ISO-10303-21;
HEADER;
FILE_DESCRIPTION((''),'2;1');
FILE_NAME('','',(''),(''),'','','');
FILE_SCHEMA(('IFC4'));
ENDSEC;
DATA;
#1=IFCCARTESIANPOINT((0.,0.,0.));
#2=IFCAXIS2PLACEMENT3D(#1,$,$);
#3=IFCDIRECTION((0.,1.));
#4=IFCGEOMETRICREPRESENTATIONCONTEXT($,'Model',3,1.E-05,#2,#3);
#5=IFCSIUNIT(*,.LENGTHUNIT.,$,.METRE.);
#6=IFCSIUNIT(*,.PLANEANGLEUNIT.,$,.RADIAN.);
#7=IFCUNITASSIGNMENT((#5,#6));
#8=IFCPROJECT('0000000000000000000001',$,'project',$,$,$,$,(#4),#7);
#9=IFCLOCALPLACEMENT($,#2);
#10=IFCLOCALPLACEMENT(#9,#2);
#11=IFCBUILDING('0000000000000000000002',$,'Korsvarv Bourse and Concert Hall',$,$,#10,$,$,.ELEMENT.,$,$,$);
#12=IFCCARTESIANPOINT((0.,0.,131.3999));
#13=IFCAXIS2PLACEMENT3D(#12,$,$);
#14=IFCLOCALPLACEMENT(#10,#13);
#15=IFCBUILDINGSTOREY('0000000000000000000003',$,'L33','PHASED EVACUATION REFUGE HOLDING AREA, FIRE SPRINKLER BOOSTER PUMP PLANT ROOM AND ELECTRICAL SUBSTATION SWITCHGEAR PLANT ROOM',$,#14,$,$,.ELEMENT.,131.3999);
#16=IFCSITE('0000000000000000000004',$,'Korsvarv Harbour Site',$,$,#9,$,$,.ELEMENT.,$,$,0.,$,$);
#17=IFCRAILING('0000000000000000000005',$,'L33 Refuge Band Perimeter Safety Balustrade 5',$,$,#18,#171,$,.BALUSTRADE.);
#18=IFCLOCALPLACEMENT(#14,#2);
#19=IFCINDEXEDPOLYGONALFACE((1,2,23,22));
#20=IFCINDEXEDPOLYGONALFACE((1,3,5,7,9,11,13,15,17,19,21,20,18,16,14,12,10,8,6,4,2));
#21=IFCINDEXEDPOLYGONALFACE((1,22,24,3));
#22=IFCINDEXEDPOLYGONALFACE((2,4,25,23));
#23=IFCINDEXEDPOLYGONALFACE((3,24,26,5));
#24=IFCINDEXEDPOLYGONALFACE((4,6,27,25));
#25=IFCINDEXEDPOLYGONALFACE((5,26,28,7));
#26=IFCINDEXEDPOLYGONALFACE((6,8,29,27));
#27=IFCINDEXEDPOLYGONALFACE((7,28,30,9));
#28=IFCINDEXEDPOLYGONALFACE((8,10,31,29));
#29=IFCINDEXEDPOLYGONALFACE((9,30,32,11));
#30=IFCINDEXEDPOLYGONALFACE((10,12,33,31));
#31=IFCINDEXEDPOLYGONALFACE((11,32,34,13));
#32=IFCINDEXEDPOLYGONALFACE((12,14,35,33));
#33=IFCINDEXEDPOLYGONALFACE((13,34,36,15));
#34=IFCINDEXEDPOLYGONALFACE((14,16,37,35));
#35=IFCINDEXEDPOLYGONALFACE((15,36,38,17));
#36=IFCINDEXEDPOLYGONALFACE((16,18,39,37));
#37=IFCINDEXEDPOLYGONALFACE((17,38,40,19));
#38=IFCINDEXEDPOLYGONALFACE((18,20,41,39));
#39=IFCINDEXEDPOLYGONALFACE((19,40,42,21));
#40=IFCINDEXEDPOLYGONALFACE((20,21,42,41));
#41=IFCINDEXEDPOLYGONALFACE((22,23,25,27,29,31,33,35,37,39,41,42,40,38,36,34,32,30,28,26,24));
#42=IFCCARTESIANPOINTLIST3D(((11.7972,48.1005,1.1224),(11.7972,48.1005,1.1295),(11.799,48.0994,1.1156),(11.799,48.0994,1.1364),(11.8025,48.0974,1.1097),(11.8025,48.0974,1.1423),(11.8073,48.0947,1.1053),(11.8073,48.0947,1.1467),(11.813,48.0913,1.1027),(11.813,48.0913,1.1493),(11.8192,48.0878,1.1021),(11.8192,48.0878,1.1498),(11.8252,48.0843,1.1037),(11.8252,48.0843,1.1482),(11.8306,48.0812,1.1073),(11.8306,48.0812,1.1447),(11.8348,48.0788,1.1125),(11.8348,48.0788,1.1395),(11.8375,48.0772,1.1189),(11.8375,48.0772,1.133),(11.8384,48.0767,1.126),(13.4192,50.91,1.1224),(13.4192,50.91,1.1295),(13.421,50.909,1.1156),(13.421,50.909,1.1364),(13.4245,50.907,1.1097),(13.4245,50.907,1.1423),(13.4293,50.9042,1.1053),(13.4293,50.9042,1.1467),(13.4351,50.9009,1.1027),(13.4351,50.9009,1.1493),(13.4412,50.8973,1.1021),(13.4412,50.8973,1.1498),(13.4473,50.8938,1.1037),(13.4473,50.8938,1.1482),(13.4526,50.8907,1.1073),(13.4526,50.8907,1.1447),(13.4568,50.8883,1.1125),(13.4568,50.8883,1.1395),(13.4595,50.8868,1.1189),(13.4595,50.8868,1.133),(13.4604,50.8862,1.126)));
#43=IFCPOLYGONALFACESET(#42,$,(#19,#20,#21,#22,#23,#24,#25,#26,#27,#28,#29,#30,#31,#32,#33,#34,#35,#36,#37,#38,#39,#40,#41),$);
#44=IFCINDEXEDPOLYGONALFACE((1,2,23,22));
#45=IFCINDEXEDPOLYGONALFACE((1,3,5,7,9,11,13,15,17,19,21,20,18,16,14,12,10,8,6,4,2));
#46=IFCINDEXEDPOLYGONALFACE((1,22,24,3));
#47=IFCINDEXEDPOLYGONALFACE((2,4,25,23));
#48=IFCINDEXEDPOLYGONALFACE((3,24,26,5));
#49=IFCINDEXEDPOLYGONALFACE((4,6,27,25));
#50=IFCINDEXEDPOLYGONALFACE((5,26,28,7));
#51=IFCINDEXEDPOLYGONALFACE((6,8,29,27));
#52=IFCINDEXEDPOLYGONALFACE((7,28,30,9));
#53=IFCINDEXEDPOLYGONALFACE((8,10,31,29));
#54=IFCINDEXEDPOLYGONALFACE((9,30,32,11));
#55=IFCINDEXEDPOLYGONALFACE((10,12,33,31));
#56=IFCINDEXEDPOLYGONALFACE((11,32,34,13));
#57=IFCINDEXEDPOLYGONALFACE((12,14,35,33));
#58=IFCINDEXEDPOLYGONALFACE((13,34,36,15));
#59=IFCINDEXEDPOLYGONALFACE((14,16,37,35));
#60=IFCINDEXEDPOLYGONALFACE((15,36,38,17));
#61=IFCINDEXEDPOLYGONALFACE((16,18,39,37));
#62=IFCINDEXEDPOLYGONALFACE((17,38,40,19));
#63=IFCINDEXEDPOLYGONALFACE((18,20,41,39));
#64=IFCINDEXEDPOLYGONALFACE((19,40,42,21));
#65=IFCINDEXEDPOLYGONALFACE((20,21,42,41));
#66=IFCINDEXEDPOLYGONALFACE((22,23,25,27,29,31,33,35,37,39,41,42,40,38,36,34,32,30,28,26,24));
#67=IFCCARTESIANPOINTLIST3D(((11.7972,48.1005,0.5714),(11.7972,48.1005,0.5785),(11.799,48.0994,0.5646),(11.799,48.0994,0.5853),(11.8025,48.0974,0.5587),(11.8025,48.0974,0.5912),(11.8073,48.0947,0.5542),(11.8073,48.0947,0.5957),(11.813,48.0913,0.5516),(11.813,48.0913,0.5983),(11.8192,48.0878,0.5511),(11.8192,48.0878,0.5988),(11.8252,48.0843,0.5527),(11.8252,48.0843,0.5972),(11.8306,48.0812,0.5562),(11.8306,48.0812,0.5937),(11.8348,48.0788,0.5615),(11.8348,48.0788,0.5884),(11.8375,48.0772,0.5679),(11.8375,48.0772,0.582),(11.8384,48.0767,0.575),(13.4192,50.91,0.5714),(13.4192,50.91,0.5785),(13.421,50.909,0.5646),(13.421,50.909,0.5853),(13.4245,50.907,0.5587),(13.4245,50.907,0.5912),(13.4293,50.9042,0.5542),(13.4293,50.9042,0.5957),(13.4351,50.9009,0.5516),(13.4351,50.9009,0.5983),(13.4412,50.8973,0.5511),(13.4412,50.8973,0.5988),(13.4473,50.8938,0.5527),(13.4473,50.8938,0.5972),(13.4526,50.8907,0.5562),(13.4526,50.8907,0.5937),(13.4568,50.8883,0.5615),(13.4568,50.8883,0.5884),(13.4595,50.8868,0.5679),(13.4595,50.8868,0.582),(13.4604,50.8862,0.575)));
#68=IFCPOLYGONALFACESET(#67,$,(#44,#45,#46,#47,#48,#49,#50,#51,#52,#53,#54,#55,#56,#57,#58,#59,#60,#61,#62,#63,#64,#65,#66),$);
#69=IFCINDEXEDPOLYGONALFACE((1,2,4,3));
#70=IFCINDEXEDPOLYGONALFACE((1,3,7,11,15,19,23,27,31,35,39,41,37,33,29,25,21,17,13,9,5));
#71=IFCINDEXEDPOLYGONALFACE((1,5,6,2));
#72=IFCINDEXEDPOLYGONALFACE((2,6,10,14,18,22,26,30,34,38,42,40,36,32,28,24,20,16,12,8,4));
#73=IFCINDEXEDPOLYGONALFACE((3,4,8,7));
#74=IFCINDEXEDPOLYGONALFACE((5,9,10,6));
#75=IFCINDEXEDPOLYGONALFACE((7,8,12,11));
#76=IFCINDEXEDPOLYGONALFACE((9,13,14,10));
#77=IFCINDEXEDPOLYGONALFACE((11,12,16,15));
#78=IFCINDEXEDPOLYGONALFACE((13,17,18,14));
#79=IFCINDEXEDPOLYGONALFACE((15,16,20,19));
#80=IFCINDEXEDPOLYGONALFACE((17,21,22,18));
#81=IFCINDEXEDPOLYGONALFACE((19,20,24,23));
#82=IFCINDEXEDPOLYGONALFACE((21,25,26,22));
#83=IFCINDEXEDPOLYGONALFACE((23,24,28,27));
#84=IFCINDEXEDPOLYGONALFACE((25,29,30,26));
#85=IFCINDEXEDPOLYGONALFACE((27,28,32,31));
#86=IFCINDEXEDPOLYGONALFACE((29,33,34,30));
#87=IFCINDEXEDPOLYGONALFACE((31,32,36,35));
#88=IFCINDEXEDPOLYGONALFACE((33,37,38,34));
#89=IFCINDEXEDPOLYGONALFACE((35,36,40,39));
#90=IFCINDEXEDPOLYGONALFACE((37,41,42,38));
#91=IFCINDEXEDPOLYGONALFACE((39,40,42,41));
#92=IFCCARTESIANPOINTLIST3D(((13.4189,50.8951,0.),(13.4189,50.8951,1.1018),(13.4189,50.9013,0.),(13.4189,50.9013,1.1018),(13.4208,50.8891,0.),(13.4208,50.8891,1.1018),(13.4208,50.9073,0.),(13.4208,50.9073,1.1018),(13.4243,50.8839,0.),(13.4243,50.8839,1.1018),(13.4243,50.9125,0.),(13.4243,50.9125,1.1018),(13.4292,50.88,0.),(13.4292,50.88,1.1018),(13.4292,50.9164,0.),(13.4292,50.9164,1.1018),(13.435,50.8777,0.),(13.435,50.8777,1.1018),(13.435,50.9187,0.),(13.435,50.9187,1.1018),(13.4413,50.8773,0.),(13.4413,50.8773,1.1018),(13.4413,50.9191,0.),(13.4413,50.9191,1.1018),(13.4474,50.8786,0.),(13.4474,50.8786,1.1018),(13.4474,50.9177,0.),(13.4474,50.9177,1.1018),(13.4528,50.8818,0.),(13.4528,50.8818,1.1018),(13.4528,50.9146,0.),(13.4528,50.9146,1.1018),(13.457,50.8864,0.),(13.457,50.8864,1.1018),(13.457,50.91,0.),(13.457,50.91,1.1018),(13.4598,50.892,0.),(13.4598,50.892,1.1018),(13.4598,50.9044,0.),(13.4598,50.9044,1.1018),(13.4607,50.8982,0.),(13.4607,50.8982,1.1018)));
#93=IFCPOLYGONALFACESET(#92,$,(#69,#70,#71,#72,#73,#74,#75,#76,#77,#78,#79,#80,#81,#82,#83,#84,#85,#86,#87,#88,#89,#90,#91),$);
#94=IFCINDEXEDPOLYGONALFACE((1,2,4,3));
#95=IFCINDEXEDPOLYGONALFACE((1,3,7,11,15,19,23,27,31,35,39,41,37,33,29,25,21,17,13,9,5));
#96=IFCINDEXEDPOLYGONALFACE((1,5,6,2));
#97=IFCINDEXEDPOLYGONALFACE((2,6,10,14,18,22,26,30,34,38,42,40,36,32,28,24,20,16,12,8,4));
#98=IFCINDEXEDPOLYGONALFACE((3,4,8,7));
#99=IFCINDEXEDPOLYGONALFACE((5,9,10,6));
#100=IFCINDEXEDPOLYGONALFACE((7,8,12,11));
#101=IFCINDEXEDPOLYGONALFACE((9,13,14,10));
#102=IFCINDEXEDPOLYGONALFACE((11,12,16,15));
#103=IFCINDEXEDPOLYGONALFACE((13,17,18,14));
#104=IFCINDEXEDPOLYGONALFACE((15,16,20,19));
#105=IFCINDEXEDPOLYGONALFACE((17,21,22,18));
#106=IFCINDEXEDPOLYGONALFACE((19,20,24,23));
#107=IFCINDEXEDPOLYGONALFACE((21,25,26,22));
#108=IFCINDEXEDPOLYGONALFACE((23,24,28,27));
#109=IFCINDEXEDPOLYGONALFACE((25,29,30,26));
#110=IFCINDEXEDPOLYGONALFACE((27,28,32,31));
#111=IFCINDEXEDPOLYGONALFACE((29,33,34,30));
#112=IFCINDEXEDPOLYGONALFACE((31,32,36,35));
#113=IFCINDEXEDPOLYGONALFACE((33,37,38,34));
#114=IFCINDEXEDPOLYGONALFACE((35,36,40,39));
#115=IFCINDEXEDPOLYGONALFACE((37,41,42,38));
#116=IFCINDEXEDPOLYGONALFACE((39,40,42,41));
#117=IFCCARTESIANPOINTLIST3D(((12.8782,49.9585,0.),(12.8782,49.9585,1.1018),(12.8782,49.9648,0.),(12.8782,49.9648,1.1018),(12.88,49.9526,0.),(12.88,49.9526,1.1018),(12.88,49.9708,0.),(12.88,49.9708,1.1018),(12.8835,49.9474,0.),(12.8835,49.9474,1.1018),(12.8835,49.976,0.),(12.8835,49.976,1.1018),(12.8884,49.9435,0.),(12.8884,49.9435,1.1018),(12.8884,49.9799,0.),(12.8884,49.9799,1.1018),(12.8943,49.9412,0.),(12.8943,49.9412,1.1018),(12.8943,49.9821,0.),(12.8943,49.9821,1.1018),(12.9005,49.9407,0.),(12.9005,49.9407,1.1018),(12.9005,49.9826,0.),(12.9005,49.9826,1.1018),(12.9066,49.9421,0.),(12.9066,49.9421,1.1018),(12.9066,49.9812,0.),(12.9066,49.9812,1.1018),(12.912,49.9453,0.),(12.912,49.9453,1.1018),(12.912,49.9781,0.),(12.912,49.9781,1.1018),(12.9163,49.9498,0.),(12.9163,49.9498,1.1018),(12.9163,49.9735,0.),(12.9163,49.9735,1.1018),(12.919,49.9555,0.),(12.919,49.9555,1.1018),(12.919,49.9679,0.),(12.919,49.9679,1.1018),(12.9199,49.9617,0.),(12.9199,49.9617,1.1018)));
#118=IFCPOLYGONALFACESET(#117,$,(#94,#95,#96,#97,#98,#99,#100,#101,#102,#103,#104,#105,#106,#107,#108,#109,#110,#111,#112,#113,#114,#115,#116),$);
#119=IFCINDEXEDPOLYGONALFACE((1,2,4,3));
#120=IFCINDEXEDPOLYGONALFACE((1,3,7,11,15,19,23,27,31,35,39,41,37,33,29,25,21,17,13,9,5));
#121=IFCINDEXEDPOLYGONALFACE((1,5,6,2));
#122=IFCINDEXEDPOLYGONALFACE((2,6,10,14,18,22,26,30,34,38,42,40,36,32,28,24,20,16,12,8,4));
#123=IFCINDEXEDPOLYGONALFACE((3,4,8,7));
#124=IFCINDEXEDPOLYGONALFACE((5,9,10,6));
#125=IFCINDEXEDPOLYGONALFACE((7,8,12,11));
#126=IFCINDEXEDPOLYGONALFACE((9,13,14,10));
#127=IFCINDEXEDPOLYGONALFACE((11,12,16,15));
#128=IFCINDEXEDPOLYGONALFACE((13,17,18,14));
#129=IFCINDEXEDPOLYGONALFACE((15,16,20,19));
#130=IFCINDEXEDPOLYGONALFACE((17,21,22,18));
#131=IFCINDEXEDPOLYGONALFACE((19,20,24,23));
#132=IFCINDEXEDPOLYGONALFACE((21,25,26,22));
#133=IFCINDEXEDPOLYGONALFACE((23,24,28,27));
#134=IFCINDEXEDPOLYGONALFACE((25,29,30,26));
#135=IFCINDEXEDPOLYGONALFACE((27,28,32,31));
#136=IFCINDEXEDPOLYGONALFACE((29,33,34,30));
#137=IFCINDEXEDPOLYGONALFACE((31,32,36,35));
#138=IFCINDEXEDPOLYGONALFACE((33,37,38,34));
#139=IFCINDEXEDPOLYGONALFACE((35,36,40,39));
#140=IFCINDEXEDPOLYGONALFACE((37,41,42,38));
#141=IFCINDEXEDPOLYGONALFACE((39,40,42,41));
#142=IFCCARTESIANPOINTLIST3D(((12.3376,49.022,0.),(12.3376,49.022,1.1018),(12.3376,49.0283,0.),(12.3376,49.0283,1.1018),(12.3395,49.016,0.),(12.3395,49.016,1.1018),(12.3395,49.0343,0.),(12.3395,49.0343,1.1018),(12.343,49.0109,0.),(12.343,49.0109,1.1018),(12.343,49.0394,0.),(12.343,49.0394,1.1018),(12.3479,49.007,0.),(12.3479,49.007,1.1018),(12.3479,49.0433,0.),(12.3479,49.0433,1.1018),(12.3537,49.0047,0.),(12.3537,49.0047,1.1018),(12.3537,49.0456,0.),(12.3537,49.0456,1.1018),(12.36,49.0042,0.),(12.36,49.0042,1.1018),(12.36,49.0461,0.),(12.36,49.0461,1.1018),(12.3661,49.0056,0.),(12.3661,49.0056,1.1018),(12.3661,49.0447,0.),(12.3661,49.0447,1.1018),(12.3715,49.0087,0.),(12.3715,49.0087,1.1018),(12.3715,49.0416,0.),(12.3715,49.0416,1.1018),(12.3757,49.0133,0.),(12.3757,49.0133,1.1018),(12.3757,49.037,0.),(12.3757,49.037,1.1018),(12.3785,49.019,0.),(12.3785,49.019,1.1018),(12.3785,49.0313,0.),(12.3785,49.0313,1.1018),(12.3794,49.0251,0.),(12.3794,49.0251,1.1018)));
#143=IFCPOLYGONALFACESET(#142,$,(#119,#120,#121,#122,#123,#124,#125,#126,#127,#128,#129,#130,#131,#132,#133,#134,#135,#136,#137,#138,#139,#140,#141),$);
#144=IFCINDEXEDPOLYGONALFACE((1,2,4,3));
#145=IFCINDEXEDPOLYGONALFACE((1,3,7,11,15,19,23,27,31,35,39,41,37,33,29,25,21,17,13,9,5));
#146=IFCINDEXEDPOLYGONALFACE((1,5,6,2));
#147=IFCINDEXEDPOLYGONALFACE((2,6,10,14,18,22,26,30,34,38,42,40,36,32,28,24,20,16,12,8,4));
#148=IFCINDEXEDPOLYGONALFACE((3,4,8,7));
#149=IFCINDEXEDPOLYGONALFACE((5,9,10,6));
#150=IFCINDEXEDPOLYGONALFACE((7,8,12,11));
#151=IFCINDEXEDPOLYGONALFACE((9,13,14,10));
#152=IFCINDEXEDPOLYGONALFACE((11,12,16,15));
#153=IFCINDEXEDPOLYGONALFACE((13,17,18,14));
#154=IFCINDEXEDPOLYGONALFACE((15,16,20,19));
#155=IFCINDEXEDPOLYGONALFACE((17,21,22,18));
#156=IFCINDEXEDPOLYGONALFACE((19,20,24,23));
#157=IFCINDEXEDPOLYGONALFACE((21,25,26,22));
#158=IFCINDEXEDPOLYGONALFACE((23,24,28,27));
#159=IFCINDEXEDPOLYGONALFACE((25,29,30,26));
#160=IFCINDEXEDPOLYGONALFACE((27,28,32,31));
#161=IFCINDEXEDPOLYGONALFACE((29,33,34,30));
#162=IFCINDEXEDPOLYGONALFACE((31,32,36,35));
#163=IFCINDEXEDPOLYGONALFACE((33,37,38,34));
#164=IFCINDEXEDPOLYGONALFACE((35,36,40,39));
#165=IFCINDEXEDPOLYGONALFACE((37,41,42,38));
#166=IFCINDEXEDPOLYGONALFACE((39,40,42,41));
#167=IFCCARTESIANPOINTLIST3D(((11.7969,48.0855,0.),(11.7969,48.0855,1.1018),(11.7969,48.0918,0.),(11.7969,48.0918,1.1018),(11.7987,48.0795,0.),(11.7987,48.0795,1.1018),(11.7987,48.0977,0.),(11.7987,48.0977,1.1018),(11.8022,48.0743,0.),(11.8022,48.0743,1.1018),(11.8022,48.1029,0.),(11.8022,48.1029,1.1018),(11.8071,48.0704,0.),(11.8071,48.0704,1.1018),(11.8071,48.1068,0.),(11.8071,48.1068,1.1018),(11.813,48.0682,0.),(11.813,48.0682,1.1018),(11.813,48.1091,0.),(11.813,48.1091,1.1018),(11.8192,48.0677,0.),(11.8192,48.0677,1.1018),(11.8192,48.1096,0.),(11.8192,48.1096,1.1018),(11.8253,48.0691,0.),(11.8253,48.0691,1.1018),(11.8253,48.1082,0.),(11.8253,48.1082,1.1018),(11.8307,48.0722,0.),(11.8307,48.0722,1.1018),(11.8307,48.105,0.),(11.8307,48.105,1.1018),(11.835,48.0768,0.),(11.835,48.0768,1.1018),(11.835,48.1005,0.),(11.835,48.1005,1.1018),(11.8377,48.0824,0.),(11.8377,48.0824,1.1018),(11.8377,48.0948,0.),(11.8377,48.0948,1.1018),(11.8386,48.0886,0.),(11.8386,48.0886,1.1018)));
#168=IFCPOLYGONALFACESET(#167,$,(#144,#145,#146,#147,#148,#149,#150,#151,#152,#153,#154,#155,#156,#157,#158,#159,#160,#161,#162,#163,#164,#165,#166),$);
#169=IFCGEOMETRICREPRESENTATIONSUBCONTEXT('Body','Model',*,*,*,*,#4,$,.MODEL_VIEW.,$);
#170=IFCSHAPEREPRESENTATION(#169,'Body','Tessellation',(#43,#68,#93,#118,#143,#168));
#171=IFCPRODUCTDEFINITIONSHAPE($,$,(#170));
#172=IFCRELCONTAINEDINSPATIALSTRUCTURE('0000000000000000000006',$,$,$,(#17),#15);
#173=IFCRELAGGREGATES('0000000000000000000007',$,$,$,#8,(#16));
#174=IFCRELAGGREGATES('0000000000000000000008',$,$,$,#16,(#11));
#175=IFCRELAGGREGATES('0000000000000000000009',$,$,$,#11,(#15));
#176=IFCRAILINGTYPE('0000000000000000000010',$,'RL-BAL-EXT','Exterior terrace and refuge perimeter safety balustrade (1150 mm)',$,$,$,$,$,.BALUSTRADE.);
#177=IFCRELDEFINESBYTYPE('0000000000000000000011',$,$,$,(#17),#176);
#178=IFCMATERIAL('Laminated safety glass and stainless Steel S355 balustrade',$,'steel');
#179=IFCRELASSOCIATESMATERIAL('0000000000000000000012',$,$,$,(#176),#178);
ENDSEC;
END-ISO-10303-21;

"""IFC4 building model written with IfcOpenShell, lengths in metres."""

from ifc_helpers import new_model, si_unit, direction, frame, origin, origin_2d, place, context, subcontext, project, spatial, circle, extrude, material, type_object, element, save


model = new_model("IFC4")

# Units and contexts
model_context = context("Model", 3, precision=1e-05, world=origin(), true_north=direction((0.0, 1.0)))
body_context = subcontext(model_context, "Body", "Model", "MODEL_VIEW")
ifc_project = project(units=[si_unit("LENGTHUNIT", "METRE"), si_unit("PLANEANGLEUNIT", "RADIAN")], contexts=[model_context])

# Site, building, storey
site_placement = place(None, origin())
site = spatial("IfcSite", under=ifc_project, at=site_placement, Name="Korsvarv Harbour Site", CompositionType="ELEMENT", RefElevation=0.0)
building_placement = place(site_placement, origin())
building = spatial("IfcBuilding", under=site, at=building_placement, Name="Korsvarv Bourse and Concert Hall", CompositionType="ELEMENT")
storey_placement = place(building_placement, frame((0.0, 0.0, 131.3999)))
storey = spatial("IfcBuildingStorey", under=building, at=storey_placement, Name="L33", Description="PHASED EVACUATION REFUGE HOLDING AREA, FIRE SPRINKLER BOOSTER PUMP PLANT ROOM AND ELECTRICAL SUBSTATION SWITCHGEAR PLANT ROOM", CompositionType="ELEMENT", Elevation=131.3999)

# Railing
ifc_material_1 = material(Name="Laminated safety glass and stainless Steel S355 balustrade", Category="steel")
railing_type = type_object("IfcRailingType", Name="RL-BAL-EXT", Description="Exterior terrace and refuge perimeter safety balustrade (1150 mm)", PredefinedType="BALUSTRADE", material=ifc_material_1)
railing_1_placement = place(storey_placement, frame((13.4397, 50.8982, 0.0)))
element("IfcRailing", 1, at=railing_1_placement, inside=storey, type_object=railing_type, Name="L33 Refuge Band Perimeter Safety Balustrade 5", PredefinedType="BALUSTRADE", context=body_context, shape_type="SweptSolid", body=[
    extrude(circle(Radius=0.0239, at=origin_2d()), frame((0.0, 0.0, 1.126), z_axis=(-0.499992, -0.86603, 0.0), x_axis=(0.86603, -0.499992, 0.0)), (0.0, 0.0, 1.0), 3.2441),
    extrude(circle(Radius=0.0239, at=origin_2d()), frame((0.0, 0.0, 0.575), z_axis=(-0.499992, -0.86603, 0.0), x_axis=(0.86603, -0.499992, 0.0)), (0.0, 0.0, 1.0), 3.2441),
    extrude(circle(Radius=0.021, at=origin_2d()), origin(), (0.0, 0.0, 1.0), 1.1018),
    extrude(circle(Radius=0.021, at=origin_2d()), frame((-0.5408, -0.9365, 0.0)), (0.0, 0.0, 1.0), 1.1018),
    extrude(circle(Radius=0.021, at=origin_2d()), frame((-1.0813, -1.873, 0.0)), (0.0, 0.0, 1.0), 1.1018),
    extrude(circle(Radius=0.021, at=origin_2d()), frame((-1.6221, -2.8096, 0.0)), (0.0, 0.0, 1.0), 1.1018),
])

save(model, "model.ifc")
